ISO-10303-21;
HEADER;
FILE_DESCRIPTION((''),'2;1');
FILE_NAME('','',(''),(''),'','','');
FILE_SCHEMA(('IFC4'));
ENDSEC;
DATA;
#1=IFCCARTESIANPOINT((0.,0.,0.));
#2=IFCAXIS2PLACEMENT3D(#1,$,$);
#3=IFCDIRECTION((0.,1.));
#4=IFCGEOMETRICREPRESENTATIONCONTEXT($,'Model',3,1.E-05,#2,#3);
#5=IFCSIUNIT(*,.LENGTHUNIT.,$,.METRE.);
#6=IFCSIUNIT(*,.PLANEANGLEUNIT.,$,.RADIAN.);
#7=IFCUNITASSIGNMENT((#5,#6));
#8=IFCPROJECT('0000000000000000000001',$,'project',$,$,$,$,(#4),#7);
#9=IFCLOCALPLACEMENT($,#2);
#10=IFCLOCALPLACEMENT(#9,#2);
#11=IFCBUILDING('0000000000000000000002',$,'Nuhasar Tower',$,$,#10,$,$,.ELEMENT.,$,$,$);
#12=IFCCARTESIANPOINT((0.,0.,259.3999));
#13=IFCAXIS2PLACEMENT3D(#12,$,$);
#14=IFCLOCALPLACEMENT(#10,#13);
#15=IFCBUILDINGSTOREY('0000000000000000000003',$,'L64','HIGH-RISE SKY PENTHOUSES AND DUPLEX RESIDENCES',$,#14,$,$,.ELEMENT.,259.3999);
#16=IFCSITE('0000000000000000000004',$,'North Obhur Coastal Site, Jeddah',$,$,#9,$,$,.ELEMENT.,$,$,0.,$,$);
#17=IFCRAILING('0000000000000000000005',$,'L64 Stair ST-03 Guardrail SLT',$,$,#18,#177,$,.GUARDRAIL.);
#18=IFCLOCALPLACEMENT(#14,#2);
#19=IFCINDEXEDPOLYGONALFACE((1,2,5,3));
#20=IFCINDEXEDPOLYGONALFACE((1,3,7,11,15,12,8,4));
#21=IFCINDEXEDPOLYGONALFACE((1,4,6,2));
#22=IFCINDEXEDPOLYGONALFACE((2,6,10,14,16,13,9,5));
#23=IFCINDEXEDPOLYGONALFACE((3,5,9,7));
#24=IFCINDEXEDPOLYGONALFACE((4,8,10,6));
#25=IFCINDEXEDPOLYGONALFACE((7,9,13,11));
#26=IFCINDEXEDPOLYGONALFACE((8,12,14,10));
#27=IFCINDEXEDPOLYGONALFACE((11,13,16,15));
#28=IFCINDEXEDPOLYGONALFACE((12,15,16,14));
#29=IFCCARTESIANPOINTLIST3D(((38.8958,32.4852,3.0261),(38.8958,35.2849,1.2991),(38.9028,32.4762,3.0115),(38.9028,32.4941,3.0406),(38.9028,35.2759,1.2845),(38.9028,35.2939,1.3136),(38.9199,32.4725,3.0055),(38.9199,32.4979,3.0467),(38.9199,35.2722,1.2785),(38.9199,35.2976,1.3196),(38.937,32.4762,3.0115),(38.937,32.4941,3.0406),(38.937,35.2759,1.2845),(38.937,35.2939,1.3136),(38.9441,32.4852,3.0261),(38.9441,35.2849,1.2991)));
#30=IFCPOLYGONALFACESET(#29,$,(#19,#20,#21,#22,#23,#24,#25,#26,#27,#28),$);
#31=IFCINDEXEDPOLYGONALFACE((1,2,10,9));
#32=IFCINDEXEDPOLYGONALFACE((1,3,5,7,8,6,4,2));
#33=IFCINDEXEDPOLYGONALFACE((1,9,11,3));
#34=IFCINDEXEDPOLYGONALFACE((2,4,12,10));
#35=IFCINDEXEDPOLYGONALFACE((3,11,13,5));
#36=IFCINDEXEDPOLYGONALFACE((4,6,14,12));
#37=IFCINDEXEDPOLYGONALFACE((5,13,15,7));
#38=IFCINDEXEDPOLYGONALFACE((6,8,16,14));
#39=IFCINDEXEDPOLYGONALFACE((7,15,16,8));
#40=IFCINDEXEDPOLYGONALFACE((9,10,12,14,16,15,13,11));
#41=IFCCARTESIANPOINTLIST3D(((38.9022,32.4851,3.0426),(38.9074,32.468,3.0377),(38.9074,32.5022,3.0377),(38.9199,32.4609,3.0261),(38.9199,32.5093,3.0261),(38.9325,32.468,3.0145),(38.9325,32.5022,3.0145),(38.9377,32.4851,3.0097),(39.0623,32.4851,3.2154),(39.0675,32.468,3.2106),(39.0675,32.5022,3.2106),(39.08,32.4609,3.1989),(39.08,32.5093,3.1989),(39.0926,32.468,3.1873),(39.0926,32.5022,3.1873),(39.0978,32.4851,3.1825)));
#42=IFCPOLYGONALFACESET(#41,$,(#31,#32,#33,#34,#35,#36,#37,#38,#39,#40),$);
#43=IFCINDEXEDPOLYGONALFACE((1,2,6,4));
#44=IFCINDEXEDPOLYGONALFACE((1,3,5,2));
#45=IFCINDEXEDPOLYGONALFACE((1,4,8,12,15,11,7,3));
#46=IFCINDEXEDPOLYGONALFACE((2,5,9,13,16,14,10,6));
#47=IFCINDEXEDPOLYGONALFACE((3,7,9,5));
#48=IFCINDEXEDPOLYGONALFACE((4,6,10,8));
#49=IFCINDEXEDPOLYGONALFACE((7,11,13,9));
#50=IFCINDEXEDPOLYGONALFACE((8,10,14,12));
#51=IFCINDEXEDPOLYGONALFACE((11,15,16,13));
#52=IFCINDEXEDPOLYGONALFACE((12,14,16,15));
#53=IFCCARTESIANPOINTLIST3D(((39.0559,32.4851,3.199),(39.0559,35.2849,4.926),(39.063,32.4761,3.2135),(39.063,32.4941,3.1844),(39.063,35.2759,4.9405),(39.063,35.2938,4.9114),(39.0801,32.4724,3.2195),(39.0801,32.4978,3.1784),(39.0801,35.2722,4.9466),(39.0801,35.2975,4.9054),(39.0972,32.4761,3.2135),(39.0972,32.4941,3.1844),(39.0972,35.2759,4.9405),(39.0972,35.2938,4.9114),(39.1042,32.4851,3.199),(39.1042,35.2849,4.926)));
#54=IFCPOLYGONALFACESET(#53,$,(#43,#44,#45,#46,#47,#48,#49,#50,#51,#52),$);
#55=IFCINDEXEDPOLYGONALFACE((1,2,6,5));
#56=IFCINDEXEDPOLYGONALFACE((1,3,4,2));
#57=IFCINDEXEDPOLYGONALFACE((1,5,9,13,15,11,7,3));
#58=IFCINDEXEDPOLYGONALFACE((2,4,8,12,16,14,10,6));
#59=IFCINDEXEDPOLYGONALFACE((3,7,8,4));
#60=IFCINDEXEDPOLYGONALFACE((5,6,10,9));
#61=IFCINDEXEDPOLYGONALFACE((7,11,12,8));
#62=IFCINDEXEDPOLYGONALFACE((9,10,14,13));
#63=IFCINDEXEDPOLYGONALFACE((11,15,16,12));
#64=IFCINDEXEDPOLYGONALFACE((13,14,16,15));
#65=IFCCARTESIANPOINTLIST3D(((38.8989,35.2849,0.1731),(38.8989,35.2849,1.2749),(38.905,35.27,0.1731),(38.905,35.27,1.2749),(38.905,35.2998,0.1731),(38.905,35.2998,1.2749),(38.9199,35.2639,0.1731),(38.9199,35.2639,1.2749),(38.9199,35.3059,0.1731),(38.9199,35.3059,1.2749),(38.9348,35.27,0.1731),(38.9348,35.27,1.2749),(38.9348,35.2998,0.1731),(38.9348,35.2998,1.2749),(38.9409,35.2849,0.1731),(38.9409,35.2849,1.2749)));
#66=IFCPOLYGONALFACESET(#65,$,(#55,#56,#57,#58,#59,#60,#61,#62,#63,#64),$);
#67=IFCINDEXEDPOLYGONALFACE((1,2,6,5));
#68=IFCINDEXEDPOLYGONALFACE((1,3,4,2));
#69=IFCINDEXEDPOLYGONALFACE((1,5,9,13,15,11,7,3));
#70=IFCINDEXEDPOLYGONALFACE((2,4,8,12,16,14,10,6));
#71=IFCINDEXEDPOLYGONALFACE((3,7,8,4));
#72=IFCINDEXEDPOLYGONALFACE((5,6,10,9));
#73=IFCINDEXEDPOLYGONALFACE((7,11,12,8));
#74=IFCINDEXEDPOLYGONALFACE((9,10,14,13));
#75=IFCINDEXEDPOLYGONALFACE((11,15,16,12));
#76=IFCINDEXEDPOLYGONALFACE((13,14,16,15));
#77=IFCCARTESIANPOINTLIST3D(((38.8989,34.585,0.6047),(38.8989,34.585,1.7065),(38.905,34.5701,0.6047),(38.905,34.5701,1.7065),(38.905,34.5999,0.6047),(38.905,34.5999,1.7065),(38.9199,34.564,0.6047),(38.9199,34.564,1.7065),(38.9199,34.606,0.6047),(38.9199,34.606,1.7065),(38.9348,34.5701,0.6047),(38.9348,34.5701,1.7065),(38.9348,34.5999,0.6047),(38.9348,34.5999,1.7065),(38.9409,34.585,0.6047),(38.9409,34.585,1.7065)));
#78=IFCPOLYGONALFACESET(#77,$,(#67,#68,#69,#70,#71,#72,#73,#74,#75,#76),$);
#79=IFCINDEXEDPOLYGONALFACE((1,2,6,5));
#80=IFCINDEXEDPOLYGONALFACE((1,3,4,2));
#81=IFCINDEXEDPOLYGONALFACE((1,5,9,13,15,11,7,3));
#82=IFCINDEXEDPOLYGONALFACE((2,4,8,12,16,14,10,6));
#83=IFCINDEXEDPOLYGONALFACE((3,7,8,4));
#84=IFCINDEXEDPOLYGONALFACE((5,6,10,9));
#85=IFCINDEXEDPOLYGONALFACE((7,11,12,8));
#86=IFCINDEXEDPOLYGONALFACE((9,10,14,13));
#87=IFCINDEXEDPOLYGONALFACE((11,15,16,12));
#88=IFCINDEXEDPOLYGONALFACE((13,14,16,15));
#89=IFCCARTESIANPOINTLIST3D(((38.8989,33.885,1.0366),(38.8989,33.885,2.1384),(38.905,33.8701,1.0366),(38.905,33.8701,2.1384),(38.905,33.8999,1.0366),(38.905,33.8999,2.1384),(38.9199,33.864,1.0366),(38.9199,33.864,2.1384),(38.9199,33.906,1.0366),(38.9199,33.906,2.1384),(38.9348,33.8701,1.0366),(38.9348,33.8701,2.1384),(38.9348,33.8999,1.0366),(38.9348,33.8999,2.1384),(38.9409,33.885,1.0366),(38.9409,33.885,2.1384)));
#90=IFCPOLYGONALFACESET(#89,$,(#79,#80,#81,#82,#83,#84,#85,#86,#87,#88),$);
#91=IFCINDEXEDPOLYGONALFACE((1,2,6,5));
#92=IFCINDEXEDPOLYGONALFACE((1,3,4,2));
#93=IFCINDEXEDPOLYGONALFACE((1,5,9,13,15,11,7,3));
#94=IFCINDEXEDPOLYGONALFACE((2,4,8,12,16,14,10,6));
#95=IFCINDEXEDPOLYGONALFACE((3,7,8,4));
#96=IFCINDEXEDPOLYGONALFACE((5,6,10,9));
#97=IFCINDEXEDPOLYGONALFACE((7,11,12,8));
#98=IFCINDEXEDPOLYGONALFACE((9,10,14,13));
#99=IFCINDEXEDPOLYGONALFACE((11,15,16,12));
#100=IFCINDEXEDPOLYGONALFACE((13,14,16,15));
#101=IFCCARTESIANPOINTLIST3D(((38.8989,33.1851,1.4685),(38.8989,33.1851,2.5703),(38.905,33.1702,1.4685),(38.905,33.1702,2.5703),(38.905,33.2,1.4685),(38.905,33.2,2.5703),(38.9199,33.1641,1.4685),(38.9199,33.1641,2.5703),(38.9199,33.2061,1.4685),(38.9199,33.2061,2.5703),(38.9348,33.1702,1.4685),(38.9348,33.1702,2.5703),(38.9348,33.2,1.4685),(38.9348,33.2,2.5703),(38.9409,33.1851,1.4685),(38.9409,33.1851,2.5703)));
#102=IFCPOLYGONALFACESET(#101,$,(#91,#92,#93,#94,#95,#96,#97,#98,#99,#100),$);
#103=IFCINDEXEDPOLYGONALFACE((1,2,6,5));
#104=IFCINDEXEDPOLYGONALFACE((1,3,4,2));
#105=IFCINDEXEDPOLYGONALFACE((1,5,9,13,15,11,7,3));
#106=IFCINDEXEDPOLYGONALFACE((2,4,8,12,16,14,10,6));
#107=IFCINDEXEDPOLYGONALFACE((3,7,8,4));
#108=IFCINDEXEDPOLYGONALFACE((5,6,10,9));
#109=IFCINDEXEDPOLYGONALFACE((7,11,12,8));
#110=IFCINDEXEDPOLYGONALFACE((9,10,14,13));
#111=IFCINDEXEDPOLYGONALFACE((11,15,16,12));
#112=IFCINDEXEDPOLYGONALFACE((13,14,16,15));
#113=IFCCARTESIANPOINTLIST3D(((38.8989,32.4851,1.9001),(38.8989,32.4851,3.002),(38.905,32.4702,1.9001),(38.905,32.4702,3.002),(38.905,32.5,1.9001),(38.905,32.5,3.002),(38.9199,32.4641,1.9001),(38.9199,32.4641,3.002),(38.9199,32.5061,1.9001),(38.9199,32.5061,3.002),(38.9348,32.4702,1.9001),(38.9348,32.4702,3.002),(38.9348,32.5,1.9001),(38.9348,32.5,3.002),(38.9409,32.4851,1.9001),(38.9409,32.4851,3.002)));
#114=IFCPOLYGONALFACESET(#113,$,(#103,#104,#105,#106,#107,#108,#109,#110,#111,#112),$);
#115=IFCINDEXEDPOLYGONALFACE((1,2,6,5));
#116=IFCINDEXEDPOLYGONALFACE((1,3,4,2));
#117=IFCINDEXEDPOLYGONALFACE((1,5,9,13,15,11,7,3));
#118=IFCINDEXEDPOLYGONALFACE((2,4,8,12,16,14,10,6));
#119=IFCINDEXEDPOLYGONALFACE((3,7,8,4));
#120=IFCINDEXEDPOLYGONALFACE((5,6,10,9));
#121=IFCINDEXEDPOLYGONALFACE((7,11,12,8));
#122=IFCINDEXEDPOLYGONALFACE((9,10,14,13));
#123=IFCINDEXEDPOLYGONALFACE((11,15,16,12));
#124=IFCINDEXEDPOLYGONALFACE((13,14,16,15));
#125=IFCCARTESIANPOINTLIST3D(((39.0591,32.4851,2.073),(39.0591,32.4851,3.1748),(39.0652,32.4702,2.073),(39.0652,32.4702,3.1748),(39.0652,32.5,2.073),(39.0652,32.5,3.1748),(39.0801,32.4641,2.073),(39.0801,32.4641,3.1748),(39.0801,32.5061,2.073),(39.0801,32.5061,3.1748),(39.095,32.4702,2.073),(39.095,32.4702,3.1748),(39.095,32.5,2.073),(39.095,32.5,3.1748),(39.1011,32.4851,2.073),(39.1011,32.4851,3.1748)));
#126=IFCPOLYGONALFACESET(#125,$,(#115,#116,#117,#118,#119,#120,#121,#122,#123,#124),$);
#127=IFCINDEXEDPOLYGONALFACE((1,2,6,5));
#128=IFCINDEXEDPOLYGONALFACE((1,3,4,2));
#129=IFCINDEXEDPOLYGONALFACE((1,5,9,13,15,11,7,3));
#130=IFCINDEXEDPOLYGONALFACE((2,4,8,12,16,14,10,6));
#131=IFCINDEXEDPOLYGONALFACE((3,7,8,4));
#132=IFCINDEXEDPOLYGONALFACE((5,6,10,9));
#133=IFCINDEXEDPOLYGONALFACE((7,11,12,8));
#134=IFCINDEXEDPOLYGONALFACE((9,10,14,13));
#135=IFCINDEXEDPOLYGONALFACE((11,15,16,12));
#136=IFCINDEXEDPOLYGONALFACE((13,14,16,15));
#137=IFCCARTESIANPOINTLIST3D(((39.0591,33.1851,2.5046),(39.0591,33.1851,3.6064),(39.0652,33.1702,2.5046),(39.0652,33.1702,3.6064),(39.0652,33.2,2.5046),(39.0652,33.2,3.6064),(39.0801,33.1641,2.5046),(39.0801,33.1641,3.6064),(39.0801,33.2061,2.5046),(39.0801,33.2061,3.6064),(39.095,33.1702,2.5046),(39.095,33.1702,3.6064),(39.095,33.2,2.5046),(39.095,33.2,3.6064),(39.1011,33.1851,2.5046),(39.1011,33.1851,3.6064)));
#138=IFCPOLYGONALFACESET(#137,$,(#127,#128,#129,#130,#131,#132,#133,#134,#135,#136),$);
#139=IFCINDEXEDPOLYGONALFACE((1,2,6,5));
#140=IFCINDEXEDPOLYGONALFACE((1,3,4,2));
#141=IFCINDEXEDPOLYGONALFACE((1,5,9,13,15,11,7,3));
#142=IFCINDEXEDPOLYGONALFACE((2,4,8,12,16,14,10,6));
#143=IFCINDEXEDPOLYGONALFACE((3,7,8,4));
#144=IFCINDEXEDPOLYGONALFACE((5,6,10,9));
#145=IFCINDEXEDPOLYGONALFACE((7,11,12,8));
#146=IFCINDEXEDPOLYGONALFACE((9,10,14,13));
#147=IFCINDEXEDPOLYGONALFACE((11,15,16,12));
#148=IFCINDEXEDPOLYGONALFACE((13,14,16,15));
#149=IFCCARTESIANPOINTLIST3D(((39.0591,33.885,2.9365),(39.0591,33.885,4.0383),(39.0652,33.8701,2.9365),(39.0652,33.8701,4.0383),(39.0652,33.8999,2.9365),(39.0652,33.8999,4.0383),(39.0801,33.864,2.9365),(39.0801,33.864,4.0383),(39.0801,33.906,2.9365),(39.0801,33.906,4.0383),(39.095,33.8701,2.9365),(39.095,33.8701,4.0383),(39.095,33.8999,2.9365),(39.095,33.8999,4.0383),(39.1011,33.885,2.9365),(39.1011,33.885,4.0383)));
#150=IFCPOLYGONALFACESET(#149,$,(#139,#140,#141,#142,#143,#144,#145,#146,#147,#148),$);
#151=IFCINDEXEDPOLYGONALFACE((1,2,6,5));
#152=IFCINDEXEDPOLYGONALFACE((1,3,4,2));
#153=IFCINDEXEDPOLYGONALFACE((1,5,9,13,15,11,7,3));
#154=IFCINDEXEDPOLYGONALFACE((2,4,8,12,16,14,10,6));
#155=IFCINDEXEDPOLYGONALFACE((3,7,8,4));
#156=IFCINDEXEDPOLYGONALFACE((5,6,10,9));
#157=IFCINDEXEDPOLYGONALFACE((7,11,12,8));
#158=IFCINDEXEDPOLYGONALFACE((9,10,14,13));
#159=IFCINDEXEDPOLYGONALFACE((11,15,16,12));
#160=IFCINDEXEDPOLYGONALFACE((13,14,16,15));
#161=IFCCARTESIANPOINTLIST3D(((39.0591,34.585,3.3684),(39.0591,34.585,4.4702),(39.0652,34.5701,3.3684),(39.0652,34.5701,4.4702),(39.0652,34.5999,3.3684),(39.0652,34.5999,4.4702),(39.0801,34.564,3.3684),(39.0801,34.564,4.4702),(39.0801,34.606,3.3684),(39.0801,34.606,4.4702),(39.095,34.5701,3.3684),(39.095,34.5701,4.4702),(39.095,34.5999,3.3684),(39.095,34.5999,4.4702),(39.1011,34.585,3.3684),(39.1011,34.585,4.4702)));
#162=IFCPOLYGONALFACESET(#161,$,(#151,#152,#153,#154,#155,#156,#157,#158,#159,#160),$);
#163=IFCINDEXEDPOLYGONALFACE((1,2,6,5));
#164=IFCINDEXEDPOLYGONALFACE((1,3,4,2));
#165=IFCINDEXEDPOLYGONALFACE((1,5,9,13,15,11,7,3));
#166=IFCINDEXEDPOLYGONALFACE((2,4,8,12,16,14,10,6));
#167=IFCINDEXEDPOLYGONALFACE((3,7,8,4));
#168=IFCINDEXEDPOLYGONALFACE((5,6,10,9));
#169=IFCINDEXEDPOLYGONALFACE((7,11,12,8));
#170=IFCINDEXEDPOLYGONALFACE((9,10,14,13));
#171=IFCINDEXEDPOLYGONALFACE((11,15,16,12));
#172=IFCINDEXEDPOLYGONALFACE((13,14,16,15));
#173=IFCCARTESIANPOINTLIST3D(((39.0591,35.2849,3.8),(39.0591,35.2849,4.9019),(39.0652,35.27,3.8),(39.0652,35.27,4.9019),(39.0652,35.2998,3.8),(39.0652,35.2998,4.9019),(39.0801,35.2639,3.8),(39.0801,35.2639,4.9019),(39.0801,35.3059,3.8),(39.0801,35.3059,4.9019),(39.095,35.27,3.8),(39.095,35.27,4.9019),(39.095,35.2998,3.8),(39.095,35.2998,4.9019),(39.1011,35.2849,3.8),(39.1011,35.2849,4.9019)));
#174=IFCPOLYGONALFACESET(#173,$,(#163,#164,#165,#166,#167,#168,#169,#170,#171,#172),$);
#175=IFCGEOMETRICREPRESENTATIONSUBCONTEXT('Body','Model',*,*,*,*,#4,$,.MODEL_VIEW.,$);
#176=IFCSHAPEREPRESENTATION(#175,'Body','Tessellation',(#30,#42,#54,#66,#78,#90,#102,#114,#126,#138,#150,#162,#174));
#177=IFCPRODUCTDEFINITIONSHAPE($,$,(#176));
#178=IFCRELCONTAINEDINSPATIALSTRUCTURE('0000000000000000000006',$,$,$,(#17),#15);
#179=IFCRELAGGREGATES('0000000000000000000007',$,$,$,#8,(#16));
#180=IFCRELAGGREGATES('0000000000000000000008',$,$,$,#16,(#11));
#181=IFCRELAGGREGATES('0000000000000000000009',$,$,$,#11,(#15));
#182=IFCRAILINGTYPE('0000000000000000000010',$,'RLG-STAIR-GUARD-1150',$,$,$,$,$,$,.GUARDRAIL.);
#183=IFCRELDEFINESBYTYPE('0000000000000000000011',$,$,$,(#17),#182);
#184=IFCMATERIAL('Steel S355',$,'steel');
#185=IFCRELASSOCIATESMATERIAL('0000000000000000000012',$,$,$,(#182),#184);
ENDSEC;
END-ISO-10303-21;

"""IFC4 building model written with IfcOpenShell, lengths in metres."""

from ifc_helpers import new_model, si_unit, direction, frame, origin, place, context, subcontext, project, spatial, polyline, outline, extrude, material, type_object, element, save


model = new_model("IFC4")

# Units and contexts
model_context = context("Model", 3, precision=1e-05, world=origin(), true_north=direction((0.0, 1.0)))
body_context = subcontext(model_context, "Body", "Model", "MODEL_VIEW")
ifc_project = project(units=[si_unit("LENGTHUNIT", "METRE"), si_unit("PLANEANGLEUNIT", "RADIAN")], contexts=[model_context])

# Site, building, storey
site_placement = place(None, origin())
site = spatial("IfcSite", under=ifc_project, at=site_placement, Name="North Obhur Coastal Site, Jeddah", CompositionType="ELEMENT", RefElevation=0.0)
building_placement = place(site_placement, origin())
building = spatial("IfcBuilding", under=site, at=building_placement, Name="Nuhasar Tower", CompositionType="ELEMENT")
storey_placement = place(building_placement, frame((0.0, 0.0, 259.3999)))
storey = spatial("IfcBuildingStorey", under=building, at=storey_placement, Name="L64", Description="HIGH-RISE SKY PENTHOUSES AND DUPLEX RESIDENCES", CompositionType="ELEMENT", Elevation=259.3999)

# Shared definitions
ifc_material_1 = material(Name="Steel S355", Category="steel")

# Railing
railing_type_1 = type_object("IfcRailingType", Name="RLG-STAIR-GUARD-1150", PredefinedType="GUARDRAIL", material=ifc_material_1)
railing_1_placement = place(storey_placement, frame((38.9199, 35.2849, 0.1731)))
element("IfcRailing", 1, at=railing_1_placement, inside=storey, type_object=railing_type_1, Name="L64 Stair ST-03 Guardrail SLT", PredefinedType="GUARDRAIL", context=body_context, shape_type="SweptSolid", body=[
    extrude(outline(polyline([(0.0242, 0.0), (0.0171, 0.0171), (0.0, 0.0242), (-0.0171, 0.0171), (-0.0242, 0.0), (-0.0171, -0.0171), (0.0, -0.0242), (0.0171, -0.0171), (0.0242, 0.0)])), frame((0.0, 0.0, 1.126), z_axis=(0.0, -0.851102, 0.525), x_axis=(1.0, 0.0, 0.0)), (0.0, 0.0, 1.0), 3.2896),
    extrude(outline(polyline([(0.0242, 0.0), (0.0171, 0.0171), (0.0, 0.0242), (-0.0171, 0.0171), (-0.0242, 0.0), (-0.0171, -0.0171), (0.0, -0.0242), (0.0171, -0.0171), (0.0242, 0.0)])), frame((0.0, -2.7998, 2.853), z_axis=(0.679656, 0.0, 0.733531), x_axis=(0.0, 1.0, 0.0)), (0.0, 0.0, 1.0), 0.2356),
    extrude(outline(polyline([(0.0242, 0.0), (0.0171, 0.0171), (0.0, 0.0242), (-0.0171, 0.0171), (-0.0242, 0.0), (-0.0171, -0.0171), (0.0, -0.0242), (0.0171, -0.0171), (0.0242, 0.0)])), frame((0.1602, -2.7998, 3.0259), z_axis=(0.0, 0.851102, 0.525), x_axis=(-1.0, 0.0, 0.0)), (0.0, 0.0, 1.0), 3.2896),
    extrude(outline(polyline([(0.021, 0.0), (0.0149, 0.0149), (0.0, 0.021), (-0.0149, 0.0149), (-0.021, 0.0), (-0.0149, -0.0149), (0.0, -0.021), (0.0149, -0.0149), (0.021, 0.0)])), origin(), (0.0, 0.0, 1.0), 1.1018),
    extrude(outline(polyline([(0.021, 0.0), (0.0149, 0.0149), (0.0, 0.021), (-0.0149, 0.0149), (-0.021, 0.0), (-0.0149, -0.0149), (0.0, -0.021), (0.0149, -0.0149), (0.021, 0.0)])), frame((0.0, -0.7, 0.4316)), (0.0, 0.0, 1.0), 1.1018),
    extrude(outline(polyline([(0.021, 0.0), (0.0149, 0.0149), (0.0, 0.021), (-0.0149, 0.0149), (-0.021, 0.0), (-0.0149, -0.0149), (0.0, -0.021), (0.0149, -0.0149), (0.021, 0.0)])), frame((0.0, -1.3999, 0.8635)), (0.0, 0.0, 1.0), 1.1018),
    extrude(outline(polyline([(0.021, 0.0), (0.0149, 0.0149), (0.0, 0.021), (-0.0149, 0.0149), (-0.021, 0.0), (-0.0149, -0.0149), (0.0, -0.021), (0.0149, -0.0149), (0.021, 0.0)])), frame((0.0, -2.0999, 1.2954)), (0.0, 0.0, 1.0), 1.1018),
    extrude(outline(polyline([(0.021, 0.0), (0.0149, 0.0149), (0.0, 0.021), (-0.0149, 0.0149), (-0.021, 0.0), (-0.0149, -0.0149), (0.0, -0.021), (0.0149, -0.0149), (0.021, 0.0)])), frame((0.0, -2.7998, 1.7271)), (0.0, 0.0, 1.0), 1.1018),
    extrude(outline(polyline([(0.021, 0.0), (0.0149, 0.0149), (0.0, 0.021), (-0.0149, 0.0149), (-0.021, 0.0), (-0.0149, -0.0149), (0.0, -0.021), (0.0149, -0.0149), (0.021, 0.0)])), frame((0.1602, -2.7998, 1.8999)), (0.0, 0.0, 1.0), 1.1018),
    extrude(outline(polyline([(0.021, 0.0), (0.0149, 0.0149), (0.0, 0.021), (-0.0149, 0.0149), (-0.021, 0.0), (-0.0149, -0.0149), (0.0, -0.021), (0.0149, -0.0149), (0.021, 0.0)])), frame((0.1602, -2.0999, 2.3315)), (0.0, 0.0, 1.0), 1.1018),
    extrude(outline(polyline([(0.021, 0.0), (0.0149, 0.0149), (0.0, 0.021), (-0.0149, 0.0149), (-0.021, 0.0), (-0.0149, -0.0149), (0.0, -0.021), (0.0149, -0.0149), (0.021, 0.0)])), frame((0.1602, -1.3999, 2.7634)), (0.0, 0.0, 1.0), 1.1018),
    extrude(outline(polyline([(0.021, 0.0), (0.0149, 0.0149), (0.0, 0.021), (-0.0149, 0.0149), (-0.021, 0.0), (-0.0149, -0.0149), (0.0, -0.021), (0.0149, -0.0149), (0.021, 0.0)])), frame((0.1602, -0.7, 3.1953)), (0.0, 0.0, 1.0), 1.1018),
    extrude(outline(polyline([(0.021, 0.0), (0.0149, 0.0149), (0.0, 0.021), (-0.0149, 0.0149), (-0.021, 0.0), (-0.0149, -0.0149), (0.0, -0.021), (0.0149, -0.0149), (0.021, 0.0)])), frame((0.1602, 0.0, 3.627)), (0.0, 0.0, 1.0), 1.1018),
])

save(model, "model.ifc")
